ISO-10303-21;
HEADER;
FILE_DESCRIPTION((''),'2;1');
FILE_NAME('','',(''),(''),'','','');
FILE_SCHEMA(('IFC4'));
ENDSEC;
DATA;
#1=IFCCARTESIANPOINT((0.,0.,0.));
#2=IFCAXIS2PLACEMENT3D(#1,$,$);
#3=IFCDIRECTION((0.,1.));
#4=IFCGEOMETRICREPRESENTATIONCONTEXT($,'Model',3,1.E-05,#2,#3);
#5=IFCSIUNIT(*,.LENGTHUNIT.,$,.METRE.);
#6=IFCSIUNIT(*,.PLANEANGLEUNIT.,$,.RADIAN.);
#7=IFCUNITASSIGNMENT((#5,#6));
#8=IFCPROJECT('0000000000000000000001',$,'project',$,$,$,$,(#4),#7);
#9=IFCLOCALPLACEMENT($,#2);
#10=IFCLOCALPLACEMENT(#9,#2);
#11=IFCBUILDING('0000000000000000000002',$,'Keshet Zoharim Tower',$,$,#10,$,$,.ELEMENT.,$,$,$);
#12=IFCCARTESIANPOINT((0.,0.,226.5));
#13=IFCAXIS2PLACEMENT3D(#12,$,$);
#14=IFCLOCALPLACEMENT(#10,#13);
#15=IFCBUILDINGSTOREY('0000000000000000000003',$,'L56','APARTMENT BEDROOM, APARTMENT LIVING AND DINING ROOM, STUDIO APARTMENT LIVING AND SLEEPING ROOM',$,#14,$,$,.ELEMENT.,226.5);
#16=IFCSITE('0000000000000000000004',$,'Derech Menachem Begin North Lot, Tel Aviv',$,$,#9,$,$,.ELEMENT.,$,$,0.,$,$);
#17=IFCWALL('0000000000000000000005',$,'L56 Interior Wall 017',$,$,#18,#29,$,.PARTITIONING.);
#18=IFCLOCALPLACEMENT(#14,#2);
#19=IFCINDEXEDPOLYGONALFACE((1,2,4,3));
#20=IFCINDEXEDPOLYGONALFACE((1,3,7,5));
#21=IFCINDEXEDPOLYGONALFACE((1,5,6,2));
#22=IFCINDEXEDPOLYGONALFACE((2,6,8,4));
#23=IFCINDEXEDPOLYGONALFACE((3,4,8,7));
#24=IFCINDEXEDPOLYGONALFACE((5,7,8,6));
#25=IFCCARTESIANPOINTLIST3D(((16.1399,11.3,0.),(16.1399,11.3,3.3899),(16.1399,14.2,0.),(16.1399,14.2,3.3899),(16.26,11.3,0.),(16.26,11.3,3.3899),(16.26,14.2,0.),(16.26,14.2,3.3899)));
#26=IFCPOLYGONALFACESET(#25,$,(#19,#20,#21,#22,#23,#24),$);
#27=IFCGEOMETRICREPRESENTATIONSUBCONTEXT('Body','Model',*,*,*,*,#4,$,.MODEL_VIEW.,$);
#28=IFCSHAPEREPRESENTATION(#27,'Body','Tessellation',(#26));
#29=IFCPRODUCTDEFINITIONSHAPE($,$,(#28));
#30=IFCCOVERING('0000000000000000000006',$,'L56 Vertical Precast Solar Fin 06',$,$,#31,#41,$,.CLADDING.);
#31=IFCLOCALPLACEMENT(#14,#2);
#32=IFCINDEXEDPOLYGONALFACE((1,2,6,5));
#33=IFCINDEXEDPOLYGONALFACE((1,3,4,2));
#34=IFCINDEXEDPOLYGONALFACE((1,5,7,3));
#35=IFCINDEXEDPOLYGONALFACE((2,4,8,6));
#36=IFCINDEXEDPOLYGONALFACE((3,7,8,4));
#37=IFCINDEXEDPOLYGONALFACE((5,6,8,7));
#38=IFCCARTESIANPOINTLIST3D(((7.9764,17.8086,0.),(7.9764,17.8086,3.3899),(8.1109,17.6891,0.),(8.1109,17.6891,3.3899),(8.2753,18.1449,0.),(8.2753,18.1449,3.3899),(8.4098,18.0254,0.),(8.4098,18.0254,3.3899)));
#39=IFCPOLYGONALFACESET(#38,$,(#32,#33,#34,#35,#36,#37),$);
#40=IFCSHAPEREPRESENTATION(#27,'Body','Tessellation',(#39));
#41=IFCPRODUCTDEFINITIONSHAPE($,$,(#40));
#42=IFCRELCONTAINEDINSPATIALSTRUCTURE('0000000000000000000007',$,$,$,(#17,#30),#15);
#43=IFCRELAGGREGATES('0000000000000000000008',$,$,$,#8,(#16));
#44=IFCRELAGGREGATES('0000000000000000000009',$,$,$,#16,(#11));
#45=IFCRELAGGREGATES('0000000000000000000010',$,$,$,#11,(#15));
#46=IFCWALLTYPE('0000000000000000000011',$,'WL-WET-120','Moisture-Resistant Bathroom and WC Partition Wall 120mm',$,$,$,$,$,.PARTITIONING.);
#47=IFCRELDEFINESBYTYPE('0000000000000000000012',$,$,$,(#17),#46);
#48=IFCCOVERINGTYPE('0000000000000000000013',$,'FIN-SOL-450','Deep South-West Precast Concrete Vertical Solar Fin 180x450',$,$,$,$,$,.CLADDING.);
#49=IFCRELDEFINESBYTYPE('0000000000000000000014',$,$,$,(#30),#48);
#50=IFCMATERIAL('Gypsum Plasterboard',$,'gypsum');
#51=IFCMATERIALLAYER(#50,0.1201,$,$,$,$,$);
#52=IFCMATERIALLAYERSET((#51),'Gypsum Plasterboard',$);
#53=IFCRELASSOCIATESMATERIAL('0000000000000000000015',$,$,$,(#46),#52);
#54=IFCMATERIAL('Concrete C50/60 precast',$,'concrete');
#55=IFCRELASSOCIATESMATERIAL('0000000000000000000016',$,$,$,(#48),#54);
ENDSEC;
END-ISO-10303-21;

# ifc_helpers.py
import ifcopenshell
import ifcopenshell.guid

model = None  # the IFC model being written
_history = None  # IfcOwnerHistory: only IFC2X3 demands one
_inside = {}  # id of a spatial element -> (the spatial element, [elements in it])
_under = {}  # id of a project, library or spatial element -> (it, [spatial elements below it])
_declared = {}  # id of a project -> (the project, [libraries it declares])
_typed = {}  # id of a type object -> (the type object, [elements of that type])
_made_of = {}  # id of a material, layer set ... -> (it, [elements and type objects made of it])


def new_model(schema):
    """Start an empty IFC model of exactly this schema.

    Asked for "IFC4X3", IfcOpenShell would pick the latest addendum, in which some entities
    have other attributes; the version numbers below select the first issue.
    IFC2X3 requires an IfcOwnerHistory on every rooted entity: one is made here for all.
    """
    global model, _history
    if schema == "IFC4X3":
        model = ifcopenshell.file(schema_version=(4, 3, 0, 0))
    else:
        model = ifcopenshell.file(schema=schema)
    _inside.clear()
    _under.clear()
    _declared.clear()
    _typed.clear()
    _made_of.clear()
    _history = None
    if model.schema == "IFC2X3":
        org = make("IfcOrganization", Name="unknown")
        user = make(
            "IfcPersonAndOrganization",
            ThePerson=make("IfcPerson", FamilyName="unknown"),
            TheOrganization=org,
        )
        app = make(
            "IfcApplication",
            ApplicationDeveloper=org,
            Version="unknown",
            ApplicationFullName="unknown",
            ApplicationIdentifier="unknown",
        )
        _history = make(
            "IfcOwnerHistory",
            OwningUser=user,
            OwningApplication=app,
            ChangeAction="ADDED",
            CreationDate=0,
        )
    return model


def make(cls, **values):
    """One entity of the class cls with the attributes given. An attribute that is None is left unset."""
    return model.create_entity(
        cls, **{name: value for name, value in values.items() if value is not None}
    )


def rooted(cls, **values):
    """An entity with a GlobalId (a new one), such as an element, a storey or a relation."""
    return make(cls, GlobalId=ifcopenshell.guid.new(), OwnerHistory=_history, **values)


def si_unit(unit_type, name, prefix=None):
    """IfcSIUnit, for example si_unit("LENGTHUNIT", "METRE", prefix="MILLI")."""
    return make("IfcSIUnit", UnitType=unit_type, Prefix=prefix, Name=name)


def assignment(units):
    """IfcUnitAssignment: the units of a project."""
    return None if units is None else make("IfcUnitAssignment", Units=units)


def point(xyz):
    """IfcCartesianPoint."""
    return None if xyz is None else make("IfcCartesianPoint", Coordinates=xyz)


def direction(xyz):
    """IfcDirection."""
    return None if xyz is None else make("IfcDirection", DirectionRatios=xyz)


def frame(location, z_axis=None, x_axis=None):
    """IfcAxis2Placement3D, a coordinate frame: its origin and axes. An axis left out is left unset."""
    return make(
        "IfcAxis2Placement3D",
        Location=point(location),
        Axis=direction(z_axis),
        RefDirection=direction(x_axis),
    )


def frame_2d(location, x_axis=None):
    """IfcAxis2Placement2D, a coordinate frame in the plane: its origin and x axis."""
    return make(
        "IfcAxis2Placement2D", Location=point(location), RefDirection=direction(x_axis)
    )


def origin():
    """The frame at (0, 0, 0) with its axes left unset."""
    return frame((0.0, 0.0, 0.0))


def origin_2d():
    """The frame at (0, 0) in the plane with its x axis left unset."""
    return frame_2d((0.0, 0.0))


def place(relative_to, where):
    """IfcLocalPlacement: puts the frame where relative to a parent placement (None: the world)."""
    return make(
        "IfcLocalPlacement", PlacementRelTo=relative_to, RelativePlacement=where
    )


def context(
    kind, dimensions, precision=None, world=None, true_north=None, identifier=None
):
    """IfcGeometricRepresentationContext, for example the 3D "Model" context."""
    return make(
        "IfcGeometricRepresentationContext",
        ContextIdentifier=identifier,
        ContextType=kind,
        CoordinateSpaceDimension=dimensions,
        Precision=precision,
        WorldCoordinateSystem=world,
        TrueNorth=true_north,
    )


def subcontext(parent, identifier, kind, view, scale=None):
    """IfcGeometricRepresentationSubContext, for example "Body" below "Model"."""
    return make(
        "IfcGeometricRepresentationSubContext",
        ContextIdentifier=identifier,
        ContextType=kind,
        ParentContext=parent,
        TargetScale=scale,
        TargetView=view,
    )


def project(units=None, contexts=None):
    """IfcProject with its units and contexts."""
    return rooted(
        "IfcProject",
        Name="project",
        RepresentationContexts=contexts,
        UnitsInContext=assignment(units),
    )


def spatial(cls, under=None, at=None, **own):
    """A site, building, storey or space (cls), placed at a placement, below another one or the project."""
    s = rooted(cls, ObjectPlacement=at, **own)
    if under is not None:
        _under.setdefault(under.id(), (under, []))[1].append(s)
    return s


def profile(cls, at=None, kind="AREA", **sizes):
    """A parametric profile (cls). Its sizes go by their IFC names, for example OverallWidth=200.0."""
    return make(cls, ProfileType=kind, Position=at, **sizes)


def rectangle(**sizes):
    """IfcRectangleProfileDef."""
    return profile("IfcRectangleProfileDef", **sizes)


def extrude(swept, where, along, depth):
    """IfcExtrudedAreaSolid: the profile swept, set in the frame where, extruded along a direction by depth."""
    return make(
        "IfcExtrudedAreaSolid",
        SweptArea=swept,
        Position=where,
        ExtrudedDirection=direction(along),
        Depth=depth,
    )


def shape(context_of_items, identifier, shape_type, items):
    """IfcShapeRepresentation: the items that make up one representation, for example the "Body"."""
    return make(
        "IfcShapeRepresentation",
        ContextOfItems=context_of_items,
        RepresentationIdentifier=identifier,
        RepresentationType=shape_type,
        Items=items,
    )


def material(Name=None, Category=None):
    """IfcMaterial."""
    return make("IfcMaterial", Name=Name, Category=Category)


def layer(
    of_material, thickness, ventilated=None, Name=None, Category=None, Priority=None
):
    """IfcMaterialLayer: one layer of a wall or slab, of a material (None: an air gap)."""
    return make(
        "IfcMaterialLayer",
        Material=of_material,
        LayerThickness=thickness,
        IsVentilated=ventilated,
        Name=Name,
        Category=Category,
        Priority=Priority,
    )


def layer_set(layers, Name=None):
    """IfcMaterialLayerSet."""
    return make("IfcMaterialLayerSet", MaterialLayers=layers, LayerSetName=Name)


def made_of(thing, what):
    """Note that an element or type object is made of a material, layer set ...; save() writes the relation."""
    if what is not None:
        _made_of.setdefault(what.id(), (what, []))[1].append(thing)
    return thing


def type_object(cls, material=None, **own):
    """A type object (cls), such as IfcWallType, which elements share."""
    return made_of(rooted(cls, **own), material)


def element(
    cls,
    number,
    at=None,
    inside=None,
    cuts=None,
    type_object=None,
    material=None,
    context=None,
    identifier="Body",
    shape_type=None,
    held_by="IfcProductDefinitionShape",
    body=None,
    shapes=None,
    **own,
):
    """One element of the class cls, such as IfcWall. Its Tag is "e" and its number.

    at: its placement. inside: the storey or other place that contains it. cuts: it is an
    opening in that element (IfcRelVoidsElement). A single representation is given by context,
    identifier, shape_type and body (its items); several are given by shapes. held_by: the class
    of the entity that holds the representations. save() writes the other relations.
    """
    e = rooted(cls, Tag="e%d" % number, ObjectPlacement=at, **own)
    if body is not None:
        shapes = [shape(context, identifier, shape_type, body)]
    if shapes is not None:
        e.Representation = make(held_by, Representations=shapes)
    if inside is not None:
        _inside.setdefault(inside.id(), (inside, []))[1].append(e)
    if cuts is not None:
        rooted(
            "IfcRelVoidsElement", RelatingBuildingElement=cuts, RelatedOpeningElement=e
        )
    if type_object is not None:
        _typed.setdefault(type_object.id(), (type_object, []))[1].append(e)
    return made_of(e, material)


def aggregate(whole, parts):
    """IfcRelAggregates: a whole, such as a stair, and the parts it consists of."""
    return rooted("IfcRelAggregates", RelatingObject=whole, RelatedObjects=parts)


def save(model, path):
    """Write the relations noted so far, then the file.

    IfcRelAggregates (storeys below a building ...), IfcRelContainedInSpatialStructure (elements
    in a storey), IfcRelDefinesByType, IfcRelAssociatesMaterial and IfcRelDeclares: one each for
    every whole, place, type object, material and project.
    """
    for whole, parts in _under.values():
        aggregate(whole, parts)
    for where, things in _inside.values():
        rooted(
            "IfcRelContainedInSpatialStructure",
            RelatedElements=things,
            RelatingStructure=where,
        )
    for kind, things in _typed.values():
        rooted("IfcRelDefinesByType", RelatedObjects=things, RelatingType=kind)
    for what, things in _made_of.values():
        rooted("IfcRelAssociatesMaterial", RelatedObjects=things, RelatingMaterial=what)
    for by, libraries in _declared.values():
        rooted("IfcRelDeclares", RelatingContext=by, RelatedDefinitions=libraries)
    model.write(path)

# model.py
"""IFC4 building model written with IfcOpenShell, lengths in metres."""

from ifc_helpers import new_model, si_unit, direction, frame, frame_2d, origin, origin_2d, place, context, subcontext, project, spatial, rectangle, extrude, material, layer, layer_set, type_object, element, save


model = new_model("IFC4")

# Units and contexts
model_context = context("Model", 3, precision=1e-05, world=origin(), true_north=direction((0.0, 1.0)))
body_context = subcontext(model_context, "Body", "Model", "MODEL_VIEW")
ifc_project = project(units=[si_unit("LENGTHUNIT", "METRE"), si_unit("PLANEANGLEUNIT", "RADIAN")], contexts=[model_context])

# Site, building, storey
site_placement = place(None, origin())
site = spatial("IfcSite", under=ifc_project, at=site_placement, Name="Derech Menachem Begin North Lot, Tel Aviv", CompositionType="ELEMENT", RefElevation=0.0)
building_placement = place(site_placement, origin())
building = spatial("IfcBuilding", under=site, at=building_placement, Name="Keshet Zoharim Tower", CompositionType="ELEMENT")
storey_placement = place(building_placement, frame((0.0, 0.0, 226.5)))
storey = spatial("IfcBuildingStorey", under=building, at=storey_placement, Name="L56", Description="APARTMENT BEDROOM, APARTMENT LIVING AND DINING ROOM, STUDIO APARTMENT LIVING AND SLEEPING ROOM", CompositionType="ELEMENT", Elevation=226.5)

# Shared definitions
ifc_material_1 = material(Name="Gypsum Plasterboard", Category="gypsum")

# Wall
ifc_layer_1 = layer(ifc_material_1, 0.1201)
ifc_layer_set_1 = layer_set([ifc_layer_1], Name="Gypsum Plasterboard")
wall_type_1 = type_object("IfcWallType", Name="WL-WET-120", Description="Moisture-Resistant Bathroom and WC Partition Wall 120mm", PredefinedType="PARTITIONING", material=ifc_layer_set_1)
wall_1_placement = place(storey_placement, frame((16.2, 11.3, 0.0), z_axis=(0.0, 0.0, 1.0), x_axis=(0.0, 1.0, 0.0)))
element("IfcWall", 1, at=wall_1_placement, inside=storey, type_object=wall_type_1, Name="L56 Interior Wall 017", PredefinedType="PARTITIONING", context=body_context, shape_type="SweptSolid", body=[
    extrude(rectangle(XDim=2.8999, YDim=0.1201, at=frame_2d((1.45, 0.0))), origin(), (0.0, 0.0, 1.0), 3.3899),
])

# Covering
ifc_material_2 = material(Name="Concrete C50/60 precast", Category="concrete")
covering_type = type_object("IfcCoveringType", Name="FIN-SOL-450", Description="Deep South-West Precast Concrete Vertical Solar Fin 180x450", PredefinedType="CLADDING", material=ifc_material_2)
covering_placement = place(storey_placement, frame((8.1931, 17.917, 0.0), z_axis=(0.0, 0.0, 1.0), x_axis=(-0.747409, 0.664364, 0.0)))
element("IfcCovering", 2, at=covering_placement, inside=storey, type_object=covering_type, Name="L56 Vertical Precast Solar Fin 06", PredefinedType="CLADDING", context=body_context, shape_type="SweptSolid", body=[
    extrude(rectangle(XDim=0.1799, YDim=0.45, at=origin_2d()), origin(), (0.0, 0.0, 1.0), 3.3899),
])

save(model, "model.ifc")
